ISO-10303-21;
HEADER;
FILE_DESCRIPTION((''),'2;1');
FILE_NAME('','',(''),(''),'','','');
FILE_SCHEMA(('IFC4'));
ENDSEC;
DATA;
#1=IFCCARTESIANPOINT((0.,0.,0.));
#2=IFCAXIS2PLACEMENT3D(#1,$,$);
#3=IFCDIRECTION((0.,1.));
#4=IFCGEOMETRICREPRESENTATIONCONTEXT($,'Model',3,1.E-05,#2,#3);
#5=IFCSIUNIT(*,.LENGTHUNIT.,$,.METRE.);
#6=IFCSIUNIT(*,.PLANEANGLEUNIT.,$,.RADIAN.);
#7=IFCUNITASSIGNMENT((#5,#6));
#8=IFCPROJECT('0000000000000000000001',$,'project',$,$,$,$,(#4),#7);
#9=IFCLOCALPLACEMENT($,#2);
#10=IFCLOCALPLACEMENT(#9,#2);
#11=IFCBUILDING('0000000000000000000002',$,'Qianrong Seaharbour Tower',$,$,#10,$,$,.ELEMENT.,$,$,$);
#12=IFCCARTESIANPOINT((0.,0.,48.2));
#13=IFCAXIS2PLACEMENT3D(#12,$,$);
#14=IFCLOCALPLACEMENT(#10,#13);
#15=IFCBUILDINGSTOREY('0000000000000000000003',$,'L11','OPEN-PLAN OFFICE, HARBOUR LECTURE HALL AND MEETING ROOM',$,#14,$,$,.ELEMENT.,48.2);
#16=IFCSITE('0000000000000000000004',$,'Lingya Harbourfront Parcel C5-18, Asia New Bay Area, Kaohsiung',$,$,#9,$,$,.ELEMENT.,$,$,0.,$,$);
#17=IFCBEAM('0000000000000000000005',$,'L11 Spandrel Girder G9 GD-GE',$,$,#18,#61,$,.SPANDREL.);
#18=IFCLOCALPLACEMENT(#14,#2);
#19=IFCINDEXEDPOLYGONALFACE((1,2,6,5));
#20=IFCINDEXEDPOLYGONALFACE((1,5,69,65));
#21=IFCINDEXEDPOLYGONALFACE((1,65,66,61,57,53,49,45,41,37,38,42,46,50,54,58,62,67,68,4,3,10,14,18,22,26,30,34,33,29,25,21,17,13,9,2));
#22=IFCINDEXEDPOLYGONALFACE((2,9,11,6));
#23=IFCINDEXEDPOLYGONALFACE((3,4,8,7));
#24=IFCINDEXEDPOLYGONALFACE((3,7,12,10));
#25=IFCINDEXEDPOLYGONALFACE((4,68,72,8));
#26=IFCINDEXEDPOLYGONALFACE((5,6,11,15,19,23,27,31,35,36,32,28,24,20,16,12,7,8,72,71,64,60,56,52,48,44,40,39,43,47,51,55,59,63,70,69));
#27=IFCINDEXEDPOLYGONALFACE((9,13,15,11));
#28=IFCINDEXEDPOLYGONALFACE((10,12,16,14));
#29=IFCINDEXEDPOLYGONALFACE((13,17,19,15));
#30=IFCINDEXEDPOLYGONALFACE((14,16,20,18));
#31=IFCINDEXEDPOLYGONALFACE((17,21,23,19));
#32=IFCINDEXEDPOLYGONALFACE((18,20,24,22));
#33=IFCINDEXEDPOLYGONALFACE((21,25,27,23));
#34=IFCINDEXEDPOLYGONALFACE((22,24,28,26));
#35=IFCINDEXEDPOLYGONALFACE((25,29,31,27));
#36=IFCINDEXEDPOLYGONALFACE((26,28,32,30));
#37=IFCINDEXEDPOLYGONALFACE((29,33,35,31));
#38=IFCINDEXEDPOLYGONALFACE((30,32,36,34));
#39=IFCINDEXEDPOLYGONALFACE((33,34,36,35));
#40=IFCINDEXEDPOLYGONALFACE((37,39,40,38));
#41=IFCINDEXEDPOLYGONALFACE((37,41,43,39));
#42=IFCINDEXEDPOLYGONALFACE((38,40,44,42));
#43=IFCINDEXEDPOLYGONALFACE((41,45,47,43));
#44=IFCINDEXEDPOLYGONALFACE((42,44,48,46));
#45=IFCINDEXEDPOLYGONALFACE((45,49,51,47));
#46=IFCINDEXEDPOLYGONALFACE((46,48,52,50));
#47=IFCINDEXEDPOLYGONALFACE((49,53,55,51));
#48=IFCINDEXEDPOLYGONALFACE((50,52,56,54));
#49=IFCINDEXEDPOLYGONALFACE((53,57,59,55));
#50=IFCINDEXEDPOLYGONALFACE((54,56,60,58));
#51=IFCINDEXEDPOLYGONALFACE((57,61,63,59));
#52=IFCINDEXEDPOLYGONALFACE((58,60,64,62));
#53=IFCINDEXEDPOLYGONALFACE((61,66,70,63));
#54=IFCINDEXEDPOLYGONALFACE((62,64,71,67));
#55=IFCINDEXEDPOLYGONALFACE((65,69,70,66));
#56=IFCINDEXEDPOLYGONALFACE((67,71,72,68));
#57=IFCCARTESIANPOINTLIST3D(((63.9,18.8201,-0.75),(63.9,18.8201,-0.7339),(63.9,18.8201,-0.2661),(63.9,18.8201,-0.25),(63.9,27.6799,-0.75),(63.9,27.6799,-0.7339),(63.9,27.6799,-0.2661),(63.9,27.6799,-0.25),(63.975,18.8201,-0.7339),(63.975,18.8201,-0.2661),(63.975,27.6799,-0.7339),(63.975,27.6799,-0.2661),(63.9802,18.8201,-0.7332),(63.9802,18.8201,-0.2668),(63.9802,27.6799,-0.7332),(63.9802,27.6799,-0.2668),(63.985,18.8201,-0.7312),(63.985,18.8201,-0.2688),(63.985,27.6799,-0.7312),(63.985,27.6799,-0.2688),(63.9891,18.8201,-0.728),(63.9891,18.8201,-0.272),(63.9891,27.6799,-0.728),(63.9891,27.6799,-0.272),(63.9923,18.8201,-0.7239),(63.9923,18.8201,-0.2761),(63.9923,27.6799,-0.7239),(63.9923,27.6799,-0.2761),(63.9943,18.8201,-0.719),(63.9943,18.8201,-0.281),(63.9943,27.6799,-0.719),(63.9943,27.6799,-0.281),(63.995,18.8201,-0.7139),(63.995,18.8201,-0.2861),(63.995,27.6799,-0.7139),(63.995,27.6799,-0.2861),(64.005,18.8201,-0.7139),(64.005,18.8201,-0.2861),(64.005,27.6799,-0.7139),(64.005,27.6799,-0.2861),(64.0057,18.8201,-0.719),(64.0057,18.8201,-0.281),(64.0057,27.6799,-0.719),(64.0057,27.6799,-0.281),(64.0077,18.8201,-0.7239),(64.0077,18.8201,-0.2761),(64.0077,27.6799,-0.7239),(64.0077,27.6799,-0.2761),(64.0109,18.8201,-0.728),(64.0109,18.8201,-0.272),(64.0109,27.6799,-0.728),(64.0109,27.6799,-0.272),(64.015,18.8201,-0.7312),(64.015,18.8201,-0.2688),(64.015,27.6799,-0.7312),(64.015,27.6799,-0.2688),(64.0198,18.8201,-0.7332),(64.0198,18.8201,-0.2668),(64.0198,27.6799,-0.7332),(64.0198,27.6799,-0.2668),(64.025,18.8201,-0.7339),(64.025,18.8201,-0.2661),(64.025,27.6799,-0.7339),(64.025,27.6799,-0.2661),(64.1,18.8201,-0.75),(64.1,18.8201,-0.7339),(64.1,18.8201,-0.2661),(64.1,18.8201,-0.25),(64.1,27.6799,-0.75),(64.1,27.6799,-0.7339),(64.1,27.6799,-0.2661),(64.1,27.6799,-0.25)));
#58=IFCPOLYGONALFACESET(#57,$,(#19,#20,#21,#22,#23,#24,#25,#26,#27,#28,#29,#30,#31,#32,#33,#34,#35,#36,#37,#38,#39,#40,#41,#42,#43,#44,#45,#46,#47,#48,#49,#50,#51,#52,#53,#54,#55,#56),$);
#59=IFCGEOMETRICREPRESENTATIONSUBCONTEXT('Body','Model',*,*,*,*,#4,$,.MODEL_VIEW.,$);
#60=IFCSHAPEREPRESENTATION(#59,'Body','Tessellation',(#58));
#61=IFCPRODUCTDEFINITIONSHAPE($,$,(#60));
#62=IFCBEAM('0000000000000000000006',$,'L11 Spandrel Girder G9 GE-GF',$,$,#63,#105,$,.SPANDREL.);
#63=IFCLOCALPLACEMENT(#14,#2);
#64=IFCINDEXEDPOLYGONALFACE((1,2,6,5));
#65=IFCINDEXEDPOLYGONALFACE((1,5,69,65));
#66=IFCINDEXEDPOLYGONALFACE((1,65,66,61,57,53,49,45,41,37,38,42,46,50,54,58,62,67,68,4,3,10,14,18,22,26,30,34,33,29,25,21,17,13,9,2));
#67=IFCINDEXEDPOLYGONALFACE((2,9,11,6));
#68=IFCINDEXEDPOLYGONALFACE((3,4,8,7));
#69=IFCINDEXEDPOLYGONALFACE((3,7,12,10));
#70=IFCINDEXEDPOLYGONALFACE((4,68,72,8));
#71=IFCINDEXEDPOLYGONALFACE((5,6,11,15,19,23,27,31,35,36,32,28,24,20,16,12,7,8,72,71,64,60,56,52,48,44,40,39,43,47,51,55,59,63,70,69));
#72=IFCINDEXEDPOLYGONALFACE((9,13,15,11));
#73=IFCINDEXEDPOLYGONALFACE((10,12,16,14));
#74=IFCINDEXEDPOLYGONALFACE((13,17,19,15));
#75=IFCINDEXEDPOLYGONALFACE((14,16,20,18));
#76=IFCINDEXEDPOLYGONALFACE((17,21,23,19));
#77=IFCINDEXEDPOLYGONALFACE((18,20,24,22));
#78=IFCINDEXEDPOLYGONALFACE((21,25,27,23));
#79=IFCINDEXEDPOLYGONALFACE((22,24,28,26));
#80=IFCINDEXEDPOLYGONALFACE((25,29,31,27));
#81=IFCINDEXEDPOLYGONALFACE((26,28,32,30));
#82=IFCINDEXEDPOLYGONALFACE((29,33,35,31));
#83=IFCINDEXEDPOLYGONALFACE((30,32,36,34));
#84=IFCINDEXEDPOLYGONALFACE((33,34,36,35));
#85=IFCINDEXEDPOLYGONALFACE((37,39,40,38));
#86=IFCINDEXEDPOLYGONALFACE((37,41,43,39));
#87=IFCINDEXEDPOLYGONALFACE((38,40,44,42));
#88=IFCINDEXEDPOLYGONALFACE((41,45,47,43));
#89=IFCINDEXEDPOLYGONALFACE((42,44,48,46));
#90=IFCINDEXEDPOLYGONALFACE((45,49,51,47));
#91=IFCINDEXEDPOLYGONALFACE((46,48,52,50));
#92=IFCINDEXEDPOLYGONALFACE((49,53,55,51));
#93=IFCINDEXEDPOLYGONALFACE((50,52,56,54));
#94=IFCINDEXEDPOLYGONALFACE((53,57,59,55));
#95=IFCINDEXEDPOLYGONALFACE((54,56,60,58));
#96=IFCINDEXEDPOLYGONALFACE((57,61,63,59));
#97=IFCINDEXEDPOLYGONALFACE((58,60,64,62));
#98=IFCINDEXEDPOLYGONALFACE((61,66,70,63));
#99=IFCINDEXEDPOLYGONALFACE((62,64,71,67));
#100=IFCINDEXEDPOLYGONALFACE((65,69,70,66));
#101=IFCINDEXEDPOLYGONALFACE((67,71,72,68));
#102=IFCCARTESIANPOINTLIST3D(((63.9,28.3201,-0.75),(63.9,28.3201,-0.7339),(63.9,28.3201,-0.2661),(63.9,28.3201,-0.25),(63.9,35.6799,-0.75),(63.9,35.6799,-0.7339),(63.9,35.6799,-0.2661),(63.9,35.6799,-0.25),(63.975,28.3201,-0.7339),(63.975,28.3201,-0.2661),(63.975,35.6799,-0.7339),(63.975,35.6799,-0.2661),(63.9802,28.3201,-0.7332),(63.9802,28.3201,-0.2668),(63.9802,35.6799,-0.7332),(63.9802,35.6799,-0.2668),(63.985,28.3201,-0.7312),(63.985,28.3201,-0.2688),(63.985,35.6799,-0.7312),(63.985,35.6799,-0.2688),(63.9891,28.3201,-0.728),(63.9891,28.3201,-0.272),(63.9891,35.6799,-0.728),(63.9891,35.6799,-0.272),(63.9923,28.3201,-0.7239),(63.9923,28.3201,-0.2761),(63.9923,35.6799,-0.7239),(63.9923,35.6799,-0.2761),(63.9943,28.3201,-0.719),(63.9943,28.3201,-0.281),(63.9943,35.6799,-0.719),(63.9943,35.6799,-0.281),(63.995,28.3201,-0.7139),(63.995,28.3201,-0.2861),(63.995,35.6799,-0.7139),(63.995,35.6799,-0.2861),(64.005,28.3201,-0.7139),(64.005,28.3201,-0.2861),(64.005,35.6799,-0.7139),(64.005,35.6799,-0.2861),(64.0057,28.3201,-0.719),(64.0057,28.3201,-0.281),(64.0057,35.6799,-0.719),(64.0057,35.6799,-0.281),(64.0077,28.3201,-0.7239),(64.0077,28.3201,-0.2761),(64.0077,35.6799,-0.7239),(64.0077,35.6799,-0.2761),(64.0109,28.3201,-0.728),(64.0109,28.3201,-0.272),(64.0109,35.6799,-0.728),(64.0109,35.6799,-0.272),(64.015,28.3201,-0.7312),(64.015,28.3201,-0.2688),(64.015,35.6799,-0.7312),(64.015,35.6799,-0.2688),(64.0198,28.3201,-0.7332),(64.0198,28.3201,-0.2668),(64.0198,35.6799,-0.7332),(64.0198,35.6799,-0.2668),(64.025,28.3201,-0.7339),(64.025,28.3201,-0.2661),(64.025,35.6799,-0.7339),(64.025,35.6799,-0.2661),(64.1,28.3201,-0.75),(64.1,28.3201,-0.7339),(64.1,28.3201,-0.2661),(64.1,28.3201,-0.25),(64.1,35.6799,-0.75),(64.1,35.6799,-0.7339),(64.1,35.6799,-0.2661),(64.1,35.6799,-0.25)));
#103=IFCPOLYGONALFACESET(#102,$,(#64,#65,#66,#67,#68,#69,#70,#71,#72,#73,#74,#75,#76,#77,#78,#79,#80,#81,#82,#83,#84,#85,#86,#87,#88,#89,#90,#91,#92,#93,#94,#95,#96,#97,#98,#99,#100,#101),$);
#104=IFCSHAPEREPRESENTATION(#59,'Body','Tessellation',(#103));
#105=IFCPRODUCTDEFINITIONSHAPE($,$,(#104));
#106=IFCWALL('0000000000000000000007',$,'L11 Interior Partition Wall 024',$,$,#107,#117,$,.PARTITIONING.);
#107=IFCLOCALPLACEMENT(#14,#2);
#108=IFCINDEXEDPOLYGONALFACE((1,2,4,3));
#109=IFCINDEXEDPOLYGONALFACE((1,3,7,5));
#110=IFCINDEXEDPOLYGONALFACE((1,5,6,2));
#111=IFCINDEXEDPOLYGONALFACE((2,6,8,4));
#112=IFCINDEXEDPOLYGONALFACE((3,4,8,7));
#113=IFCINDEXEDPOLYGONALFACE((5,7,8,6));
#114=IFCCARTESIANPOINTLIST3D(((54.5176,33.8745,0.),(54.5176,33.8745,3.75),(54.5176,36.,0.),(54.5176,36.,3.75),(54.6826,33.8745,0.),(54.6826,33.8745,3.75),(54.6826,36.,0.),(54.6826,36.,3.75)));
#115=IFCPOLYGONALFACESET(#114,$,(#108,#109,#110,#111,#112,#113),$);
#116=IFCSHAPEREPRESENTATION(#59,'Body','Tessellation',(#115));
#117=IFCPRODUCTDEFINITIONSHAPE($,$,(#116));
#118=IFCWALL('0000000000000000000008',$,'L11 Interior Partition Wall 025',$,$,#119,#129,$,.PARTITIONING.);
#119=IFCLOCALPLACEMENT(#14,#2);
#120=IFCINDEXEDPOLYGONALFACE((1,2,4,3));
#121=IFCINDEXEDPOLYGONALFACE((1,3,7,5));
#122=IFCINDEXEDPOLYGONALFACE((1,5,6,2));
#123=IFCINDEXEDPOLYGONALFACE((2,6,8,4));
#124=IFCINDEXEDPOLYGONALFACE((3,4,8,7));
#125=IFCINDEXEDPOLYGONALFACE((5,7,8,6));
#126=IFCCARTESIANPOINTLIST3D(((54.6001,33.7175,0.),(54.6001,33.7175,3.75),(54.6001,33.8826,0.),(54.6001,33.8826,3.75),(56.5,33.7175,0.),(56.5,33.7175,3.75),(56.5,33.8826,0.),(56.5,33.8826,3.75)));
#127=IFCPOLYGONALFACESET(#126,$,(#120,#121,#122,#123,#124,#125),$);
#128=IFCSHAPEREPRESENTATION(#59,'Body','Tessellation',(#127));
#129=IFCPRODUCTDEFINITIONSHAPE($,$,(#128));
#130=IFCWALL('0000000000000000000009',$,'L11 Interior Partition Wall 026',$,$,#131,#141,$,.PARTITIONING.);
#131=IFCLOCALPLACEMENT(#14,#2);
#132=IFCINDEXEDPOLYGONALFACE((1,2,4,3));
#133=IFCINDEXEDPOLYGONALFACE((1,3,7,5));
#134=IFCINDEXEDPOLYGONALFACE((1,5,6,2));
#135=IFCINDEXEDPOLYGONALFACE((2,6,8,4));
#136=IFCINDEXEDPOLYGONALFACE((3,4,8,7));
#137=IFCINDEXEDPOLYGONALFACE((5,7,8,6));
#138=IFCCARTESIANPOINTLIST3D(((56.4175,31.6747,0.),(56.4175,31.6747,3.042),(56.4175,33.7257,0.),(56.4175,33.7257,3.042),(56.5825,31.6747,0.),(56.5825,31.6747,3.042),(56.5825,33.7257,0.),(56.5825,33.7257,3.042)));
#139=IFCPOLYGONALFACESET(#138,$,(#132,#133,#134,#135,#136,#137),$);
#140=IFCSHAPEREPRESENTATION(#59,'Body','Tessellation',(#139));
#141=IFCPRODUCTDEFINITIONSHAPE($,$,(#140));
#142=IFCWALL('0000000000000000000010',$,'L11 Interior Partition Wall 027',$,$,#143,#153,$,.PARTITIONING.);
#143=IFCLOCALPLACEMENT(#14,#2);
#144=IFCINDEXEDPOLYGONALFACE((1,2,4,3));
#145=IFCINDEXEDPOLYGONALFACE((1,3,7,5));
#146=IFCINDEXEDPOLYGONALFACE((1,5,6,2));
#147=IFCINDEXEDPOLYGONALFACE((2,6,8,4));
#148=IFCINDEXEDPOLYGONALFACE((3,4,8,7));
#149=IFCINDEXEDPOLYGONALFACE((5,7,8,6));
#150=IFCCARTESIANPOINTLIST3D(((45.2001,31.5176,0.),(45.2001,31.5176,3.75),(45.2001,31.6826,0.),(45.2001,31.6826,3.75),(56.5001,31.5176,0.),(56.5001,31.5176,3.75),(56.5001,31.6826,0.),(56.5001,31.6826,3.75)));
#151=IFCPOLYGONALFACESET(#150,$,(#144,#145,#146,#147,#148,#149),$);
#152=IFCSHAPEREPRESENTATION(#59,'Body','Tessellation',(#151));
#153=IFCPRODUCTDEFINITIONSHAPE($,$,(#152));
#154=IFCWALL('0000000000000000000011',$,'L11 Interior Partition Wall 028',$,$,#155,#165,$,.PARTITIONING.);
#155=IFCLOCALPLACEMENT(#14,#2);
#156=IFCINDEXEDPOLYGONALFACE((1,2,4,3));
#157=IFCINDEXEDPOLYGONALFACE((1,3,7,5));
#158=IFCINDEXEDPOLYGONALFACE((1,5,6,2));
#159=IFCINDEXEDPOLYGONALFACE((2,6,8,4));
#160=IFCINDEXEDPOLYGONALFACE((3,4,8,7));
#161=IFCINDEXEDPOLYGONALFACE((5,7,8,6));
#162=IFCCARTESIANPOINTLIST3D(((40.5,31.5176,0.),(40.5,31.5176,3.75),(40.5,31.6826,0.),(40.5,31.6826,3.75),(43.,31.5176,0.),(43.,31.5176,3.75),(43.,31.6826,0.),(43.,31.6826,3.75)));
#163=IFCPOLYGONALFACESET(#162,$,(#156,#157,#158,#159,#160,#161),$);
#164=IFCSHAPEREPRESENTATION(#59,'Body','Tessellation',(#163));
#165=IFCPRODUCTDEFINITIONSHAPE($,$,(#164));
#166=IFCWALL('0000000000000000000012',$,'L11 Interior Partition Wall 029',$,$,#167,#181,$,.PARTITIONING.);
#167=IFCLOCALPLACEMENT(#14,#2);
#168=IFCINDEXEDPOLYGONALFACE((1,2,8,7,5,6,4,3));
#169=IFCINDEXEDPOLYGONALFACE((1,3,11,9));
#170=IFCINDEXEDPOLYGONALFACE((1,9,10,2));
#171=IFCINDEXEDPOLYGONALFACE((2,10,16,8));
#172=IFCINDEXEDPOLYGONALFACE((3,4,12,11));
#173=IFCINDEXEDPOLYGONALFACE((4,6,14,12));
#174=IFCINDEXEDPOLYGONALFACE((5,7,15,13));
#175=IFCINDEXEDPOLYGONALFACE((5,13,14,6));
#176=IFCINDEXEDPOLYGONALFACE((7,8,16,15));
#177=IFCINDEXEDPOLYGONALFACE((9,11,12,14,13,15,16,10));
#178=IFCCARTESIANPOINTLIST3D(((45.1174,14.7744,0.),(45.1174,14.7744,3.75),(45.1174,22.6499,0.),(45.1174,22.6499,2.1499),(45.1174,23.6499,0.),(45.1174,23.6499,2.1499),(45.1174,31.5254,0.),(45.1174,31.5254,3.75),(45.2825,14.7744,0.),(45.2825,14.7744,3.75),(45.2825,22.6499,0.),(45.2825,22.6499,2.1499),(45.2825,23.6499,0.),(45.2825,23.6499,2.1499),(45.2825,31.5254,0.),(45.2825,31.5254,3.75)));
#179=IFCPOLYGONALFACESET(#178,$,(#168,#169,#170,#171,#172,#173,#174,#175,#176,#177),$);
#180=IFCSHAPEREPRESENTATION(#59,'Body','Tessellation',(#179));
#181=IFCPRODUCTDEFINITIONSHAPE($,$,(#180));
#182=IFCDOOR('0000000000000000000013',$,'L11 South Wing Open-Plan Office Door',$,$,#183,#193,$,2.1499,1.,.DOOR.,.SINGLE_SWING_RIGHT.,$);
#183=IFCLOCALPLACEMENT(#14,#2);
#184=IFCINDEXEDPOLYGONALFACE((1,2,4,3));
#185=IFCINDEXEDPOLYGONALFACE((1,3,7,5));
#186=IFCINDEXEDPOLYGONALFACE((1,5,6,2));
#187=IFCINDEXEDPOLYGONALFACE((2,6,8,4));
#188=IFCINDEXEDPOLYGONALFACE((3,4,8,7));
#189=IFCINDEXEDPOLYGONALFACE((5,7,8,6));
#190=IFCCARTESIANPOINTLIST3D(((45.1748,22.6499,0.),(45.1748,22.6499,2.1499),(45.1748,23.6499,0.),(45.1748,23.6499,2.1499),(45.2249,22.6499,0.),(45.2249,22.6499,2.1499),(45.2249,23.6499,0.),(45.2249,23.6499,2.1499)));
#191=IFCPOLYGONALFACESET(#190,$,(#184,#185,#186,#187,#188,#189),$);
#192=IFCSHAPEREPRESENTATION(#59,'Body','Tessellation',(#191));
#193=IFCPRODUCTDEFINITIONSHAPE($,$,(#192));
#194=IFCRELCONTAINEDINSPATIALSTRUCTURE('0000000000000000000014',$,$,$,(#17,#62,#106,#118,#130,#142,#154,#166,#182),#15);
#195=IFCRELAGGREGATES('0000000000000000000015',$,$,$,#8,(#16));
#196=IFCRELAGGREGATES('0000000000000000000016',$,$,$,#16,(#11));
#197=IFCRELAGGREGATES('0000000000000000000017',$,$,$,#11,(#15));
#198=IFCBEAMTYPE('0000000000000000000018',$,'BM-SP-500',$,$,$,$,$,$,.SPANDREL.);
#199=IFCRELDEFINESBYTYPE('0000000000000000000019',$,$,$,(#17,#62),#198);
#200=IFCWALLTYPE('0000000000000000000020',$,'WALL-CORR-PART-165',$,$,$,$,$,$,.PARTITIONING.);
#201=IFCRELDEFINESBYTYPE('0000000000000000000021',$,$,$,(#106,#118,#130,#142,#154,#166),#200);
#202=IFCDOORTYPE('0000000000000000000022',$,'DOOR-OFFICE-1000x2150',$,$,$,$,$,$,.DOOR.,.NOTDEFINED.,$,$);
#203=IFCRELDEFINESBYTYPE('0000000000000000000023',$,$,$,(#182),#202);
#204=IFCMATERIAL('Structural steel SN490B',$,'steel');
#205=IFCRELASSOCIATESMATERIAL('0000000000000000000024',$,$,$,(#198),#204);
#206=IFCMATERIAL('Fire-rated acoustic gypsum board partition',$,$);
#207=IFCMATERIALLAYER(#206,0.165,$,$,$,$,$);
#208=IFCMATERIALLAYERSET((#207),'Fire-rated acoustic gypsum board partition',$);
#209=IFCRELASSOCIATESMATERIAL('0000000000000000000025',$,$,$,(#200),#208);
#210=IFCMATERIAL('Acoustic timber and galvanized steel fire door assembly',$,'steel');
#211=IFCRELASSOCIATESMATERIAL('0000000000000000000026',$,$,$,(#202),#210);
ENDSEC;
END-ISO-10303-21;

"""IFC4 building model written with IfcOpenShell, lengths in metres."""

from ifc_helpers import new_model, si_unit, direction, frame, frame_2d, origin, origin_2d, place, context, subcontext, project, spatial, rectangle, i_section, extrude, material, layer, layer_set, material_profile, profile_set, type_object, element, fill, save


model = new_model("IFC4")

# Units and contexts
model_context = context("Model", 3, precision=1e-05, world=origin(), true_north=direction((0.0, 1.0)))
body_context = subcontext(model_context, "Body", "Model", "MODEL_VIEW")
ifc_project = project(units=[si_unit("LENGTHUNIT", "METRE"), si_unit("PLANEANGLEUNIT", "RADIAN")], contexts=[model_context])

# Site, building, storey
site_placement = place(None, origin())
site = spatial("IfcSite", under=ifc_project, at=site_placement, Name="Lingya Harbourfront Parcel C5-18, Asia New Bay Area, Kaohsiung", CompositionType="ELEMENT", RefElevation=0.0)
building_placement = place(site_placement, origin())
building = spatial("IfcBuilding", under=site, at=building_placement, Name="Qianrong Seaharbour Tower", CompositionType="ELEMENT")
storey_placement = place(building_placement, frame((0.0, 0.0, 48.2)))
storey = spatial("IfcBuildingStorey", under=building, at=storey_placement, Name="L11", Description="OPEN-PLAN OFFICE, HARBOUR LECTURE HALL AND MEETING ROOM", CompositionType="ELEMENT", Elevation=48.2)

# Shared definitions
ifc_material_1 = material(Name="Structural steel SN490B", Category="steel")

# Beams
ifc_material_profile_1 = material_profile(ifc_material_1, i_section(OverallWidth=0.2, OverallDepth=0.5, WebThickness=0.01, FlangeThickness=0.0161, FilletRadius=0.02, at=origin_2d()), Name="H500x200x10x16")
ifc_profile_set_1 = profile_set([ifc_material_profile_1], Name="Structural steel SN490B")
beam_type_1 = type_object("IfcBeamType", Name="BM-SP-500", PredefinedType="SPANDREL", material=ifc_profile_set_1)
beam_1_placement = place(storey_placement, frame((64.0, 18.8201, -0.5), z_axis=(0.0, 1.0, 0.0), x_axis=(-1.0, 0.0, 0.0)))
element("IfcBeam", 1, at=beam_1_placement, inside=storey, type_object=beam_type_1, Name="L11 Spandrel Girder G9 GD-GE", PredefinedType="SPANDREL", context=body_context, shape_type="SweptSolid", body=[
    extrude(i_section(OverallWidth=0.2, OverallDepth=0.5, WebThickness=0.01, FlangeThickness=0.0161, FilletRadius=0.02, at=origin_2d()), origin(), (0.0, 0.0, 1.0), 8.8599),
])
beam_2_placement = place(storey_placement, frame((64.0, 28.3201, -0.5), z_axis=(0.0, 1.0, 0.0), x_axis=(-1.0, 0.0, 0.0)))
element("IfcBeam", 2, at=beam_2_placement, inside=storey, type_object=beam_type_1, Name="L11 Spandrel Girder G9 GE-GF", PredefinedType="SPANDREL", context=body_context, shape_type="SweptSolid", body=[
    extrude(i_section(OverallWidth=0.2, OverallDepth=0.5, WebThickness=0.01, FlangeThickness=0.0161, FilletRadius=0.02, at=origin_2d()), origin(), (0.0, 0.0, 1.0), 7.3599),
])

# Walls
ifc_material_2 = material(Name="Fire-rated acoustic gypsum board partition")
ifc_layer_1 = layer(ifc_material_2, 0.165)
ifc_layer_set_1 = layer_set([ifc_layer_1], Name="Fire-rated acoustic gypsum board partition")
wall_type_1 = type_object("IfcWallType", Name="WALL-CORR-PART-165", PredefinedType="PARTITIONING", material=ifc_layer_set_1)
wall_1_placement = place(storey_placement, frame((54.6001, 36.0, 0.0), z_axis=(0.0, 0.0, 1.0), x_axis=(0.0, -1.0, 0.0)))
element("IfcWall", 3, at=wall_1_placement, inside=storey, type_object=wall_type_1, Name="L11 Interior Partition Wall 024", PredefinedType="PARTITIONING", context=body_context, shape_type="SweptSolid", body=[
    extrude(rectangle(XDim=2.1255, YDim=0.165, at=frame_2d((1.0627, 0.0))), origin(), (0.0, 0.0, 1.0), 3.75),
])
wall_2_placement = place(storey_placement, frame((54.6001, 33.8, 0.0), z_axis=(0.0, 0.0, 1.0), x_axis=(1.0, 0.0, 0.0)))
element("IfcWall", 4, at=wall_2_placement, inside=storey, type_object=wall_type_1, Name="L11 Interior Partition Wall 025", PredefinedType="PARTITIONING", context=body_context, shape_type="SweptSolid", body=[
    extrude(rectangle(XDim=1.8999, YDim=0.165, at=frame_2d((0.95, 0.0))), origin(), (0.0, 0.0, 1.0), 3.75),
])
wall_3_placement = place(storey_placement, frame((56.5, 33.7256, 0.0), z_axis=(0.0, 0.0, 1.0), x_axis=(0.0, -1.0, 0.0)))
element("IfcWall", 5, at=wall_3_placement, inside=storey, type_object=wall_type_1, Name="L11 Interior Partition Wall 026", PredefinedType="PARTITIONING", context=body_context, shape_type="SweptSolid", body=[
    extrude(rectangle(XDim=2.051, YDim=0.165, at=frame_2d((1.0254, 0.0))), origin(), (0.0, 0.0, 1.0), 3.042),
])
wall_4_placement = place(storey_placement, frame((56.5, 31.6001, 0.0), z_axis=(0.0, 0.0, 1.0), x_axis=(-1.0, 0.0, 0.0)))
element("IfcWall", 6, at=wall_4_placement, inside=storey, type_object=wall_type_1, Name="L11 Interior Partition Wall 027", PredefinedType="PARTITIONING", context=body_context, shape_type="SweptSolid", body=[
    extrude(rectangle(XDim=11.3, YDim=0.165, at=frame_2d((5.6499, 0.0))), origin(), (0.0, 0.0, 1.0), 3.75),
])
wall_5_placement = place(storey_placement, frame((43.0, 31.6001, 0.0), z_axis=(0.0, 0.0, 1.0), x_axis=(-1.0, 0.0, 0.0)))
element("IfcWall", 7, at=wall_5_placement, inside=storey, type_object=wall_type_1, Name="L11 Interior Partition Wall 028", PredefinedType="PARTITIONING", context=body_context, shape_type="SweptSolid", body=[
    extrude(rectangle(XDim=2.5, YDim=0.165, at=frame_2d((1.25, 0.0))), origin(), (0.0, 0.0, 1.0), 3.75),
])

# Wall, opening, door
wall_6_placement = place(storey_placement, frame((45.2, 31.5254, 0.0), z_axis=(0.0, 0.0, 1.0), x_axis=(0.0, -1.0, 0.0)))
wall_6 = element("IfcWall", 8, at=wall_6_placement, inside=storey, type_object=wall_type_1, Name="L11 Interior Partition Wall 029", PredefinedType="PARTITIONING", context=body_context, shape_type="SweptSolid", body=[
    extrude(rectangle(XDim=16.751, YDim=0.165, at=frame_2d((8.3755, 0.0))), origin(), (0.0, 0.0, 1.0), 3.75),
])
opening_1_placement = place(wall_6_placement, frame((7.8755, 0.0, 0.0)))
opening_1 = element("IfcOpeningElement", 9, at=opening_1_placement, cuts=wall_6, PredefinedType="OPENING", context=body_context, shape_type="SweptSolid", body=[
    extrude(rectangle(XDim=1.0, YDim=2.1499, at=frame_2d((0.5, 1.075))), frame((0.0, 0.0925, 0.0), z_axis=(0.0, -1.0, 0.0), x_axis=(1.0, 0.0, 0.0)), (0.0, 0.0, 1.0), 0.1851),
])
ifc_material_3 = material(Name="Acoustic timber and galvanized steel fire door assembly", Category="steel")
door_type = type_object("IfcDoorType", Name="DOOR-OFFICE-1000x2150", OperationType="NOTDEFINED", PredefinedType="DOOR", material=ifc_material_3)
door_placement = place(opening_1_placement, origin())
door = element("IfcDoor", 10, at=door_placement, inside=storey, type_object=door_type, Name="L11 South Wing Open-Plan Office Door", OperationType="SINGLE_SWING_RIGHT", OverallHeight=2.1499, OverallWidth=1.0, PredefinedType="DOOR", context=body_context, shape_type="SweptSolid", body=[
    extrude(rectangle(XDim=1.0, YDim=2.1499, at=frame_2d((0.5, 1.075))), frame((0.0, 0.0249, 0.0), z_axis=(0.0, -1.0, 0.0), x_axis=(1.0, 0.0, 0.0)), (0.0, 0.0, 1.0), 0.05),
])
fill(opening_1, door)

save(model, "model.ifc")
